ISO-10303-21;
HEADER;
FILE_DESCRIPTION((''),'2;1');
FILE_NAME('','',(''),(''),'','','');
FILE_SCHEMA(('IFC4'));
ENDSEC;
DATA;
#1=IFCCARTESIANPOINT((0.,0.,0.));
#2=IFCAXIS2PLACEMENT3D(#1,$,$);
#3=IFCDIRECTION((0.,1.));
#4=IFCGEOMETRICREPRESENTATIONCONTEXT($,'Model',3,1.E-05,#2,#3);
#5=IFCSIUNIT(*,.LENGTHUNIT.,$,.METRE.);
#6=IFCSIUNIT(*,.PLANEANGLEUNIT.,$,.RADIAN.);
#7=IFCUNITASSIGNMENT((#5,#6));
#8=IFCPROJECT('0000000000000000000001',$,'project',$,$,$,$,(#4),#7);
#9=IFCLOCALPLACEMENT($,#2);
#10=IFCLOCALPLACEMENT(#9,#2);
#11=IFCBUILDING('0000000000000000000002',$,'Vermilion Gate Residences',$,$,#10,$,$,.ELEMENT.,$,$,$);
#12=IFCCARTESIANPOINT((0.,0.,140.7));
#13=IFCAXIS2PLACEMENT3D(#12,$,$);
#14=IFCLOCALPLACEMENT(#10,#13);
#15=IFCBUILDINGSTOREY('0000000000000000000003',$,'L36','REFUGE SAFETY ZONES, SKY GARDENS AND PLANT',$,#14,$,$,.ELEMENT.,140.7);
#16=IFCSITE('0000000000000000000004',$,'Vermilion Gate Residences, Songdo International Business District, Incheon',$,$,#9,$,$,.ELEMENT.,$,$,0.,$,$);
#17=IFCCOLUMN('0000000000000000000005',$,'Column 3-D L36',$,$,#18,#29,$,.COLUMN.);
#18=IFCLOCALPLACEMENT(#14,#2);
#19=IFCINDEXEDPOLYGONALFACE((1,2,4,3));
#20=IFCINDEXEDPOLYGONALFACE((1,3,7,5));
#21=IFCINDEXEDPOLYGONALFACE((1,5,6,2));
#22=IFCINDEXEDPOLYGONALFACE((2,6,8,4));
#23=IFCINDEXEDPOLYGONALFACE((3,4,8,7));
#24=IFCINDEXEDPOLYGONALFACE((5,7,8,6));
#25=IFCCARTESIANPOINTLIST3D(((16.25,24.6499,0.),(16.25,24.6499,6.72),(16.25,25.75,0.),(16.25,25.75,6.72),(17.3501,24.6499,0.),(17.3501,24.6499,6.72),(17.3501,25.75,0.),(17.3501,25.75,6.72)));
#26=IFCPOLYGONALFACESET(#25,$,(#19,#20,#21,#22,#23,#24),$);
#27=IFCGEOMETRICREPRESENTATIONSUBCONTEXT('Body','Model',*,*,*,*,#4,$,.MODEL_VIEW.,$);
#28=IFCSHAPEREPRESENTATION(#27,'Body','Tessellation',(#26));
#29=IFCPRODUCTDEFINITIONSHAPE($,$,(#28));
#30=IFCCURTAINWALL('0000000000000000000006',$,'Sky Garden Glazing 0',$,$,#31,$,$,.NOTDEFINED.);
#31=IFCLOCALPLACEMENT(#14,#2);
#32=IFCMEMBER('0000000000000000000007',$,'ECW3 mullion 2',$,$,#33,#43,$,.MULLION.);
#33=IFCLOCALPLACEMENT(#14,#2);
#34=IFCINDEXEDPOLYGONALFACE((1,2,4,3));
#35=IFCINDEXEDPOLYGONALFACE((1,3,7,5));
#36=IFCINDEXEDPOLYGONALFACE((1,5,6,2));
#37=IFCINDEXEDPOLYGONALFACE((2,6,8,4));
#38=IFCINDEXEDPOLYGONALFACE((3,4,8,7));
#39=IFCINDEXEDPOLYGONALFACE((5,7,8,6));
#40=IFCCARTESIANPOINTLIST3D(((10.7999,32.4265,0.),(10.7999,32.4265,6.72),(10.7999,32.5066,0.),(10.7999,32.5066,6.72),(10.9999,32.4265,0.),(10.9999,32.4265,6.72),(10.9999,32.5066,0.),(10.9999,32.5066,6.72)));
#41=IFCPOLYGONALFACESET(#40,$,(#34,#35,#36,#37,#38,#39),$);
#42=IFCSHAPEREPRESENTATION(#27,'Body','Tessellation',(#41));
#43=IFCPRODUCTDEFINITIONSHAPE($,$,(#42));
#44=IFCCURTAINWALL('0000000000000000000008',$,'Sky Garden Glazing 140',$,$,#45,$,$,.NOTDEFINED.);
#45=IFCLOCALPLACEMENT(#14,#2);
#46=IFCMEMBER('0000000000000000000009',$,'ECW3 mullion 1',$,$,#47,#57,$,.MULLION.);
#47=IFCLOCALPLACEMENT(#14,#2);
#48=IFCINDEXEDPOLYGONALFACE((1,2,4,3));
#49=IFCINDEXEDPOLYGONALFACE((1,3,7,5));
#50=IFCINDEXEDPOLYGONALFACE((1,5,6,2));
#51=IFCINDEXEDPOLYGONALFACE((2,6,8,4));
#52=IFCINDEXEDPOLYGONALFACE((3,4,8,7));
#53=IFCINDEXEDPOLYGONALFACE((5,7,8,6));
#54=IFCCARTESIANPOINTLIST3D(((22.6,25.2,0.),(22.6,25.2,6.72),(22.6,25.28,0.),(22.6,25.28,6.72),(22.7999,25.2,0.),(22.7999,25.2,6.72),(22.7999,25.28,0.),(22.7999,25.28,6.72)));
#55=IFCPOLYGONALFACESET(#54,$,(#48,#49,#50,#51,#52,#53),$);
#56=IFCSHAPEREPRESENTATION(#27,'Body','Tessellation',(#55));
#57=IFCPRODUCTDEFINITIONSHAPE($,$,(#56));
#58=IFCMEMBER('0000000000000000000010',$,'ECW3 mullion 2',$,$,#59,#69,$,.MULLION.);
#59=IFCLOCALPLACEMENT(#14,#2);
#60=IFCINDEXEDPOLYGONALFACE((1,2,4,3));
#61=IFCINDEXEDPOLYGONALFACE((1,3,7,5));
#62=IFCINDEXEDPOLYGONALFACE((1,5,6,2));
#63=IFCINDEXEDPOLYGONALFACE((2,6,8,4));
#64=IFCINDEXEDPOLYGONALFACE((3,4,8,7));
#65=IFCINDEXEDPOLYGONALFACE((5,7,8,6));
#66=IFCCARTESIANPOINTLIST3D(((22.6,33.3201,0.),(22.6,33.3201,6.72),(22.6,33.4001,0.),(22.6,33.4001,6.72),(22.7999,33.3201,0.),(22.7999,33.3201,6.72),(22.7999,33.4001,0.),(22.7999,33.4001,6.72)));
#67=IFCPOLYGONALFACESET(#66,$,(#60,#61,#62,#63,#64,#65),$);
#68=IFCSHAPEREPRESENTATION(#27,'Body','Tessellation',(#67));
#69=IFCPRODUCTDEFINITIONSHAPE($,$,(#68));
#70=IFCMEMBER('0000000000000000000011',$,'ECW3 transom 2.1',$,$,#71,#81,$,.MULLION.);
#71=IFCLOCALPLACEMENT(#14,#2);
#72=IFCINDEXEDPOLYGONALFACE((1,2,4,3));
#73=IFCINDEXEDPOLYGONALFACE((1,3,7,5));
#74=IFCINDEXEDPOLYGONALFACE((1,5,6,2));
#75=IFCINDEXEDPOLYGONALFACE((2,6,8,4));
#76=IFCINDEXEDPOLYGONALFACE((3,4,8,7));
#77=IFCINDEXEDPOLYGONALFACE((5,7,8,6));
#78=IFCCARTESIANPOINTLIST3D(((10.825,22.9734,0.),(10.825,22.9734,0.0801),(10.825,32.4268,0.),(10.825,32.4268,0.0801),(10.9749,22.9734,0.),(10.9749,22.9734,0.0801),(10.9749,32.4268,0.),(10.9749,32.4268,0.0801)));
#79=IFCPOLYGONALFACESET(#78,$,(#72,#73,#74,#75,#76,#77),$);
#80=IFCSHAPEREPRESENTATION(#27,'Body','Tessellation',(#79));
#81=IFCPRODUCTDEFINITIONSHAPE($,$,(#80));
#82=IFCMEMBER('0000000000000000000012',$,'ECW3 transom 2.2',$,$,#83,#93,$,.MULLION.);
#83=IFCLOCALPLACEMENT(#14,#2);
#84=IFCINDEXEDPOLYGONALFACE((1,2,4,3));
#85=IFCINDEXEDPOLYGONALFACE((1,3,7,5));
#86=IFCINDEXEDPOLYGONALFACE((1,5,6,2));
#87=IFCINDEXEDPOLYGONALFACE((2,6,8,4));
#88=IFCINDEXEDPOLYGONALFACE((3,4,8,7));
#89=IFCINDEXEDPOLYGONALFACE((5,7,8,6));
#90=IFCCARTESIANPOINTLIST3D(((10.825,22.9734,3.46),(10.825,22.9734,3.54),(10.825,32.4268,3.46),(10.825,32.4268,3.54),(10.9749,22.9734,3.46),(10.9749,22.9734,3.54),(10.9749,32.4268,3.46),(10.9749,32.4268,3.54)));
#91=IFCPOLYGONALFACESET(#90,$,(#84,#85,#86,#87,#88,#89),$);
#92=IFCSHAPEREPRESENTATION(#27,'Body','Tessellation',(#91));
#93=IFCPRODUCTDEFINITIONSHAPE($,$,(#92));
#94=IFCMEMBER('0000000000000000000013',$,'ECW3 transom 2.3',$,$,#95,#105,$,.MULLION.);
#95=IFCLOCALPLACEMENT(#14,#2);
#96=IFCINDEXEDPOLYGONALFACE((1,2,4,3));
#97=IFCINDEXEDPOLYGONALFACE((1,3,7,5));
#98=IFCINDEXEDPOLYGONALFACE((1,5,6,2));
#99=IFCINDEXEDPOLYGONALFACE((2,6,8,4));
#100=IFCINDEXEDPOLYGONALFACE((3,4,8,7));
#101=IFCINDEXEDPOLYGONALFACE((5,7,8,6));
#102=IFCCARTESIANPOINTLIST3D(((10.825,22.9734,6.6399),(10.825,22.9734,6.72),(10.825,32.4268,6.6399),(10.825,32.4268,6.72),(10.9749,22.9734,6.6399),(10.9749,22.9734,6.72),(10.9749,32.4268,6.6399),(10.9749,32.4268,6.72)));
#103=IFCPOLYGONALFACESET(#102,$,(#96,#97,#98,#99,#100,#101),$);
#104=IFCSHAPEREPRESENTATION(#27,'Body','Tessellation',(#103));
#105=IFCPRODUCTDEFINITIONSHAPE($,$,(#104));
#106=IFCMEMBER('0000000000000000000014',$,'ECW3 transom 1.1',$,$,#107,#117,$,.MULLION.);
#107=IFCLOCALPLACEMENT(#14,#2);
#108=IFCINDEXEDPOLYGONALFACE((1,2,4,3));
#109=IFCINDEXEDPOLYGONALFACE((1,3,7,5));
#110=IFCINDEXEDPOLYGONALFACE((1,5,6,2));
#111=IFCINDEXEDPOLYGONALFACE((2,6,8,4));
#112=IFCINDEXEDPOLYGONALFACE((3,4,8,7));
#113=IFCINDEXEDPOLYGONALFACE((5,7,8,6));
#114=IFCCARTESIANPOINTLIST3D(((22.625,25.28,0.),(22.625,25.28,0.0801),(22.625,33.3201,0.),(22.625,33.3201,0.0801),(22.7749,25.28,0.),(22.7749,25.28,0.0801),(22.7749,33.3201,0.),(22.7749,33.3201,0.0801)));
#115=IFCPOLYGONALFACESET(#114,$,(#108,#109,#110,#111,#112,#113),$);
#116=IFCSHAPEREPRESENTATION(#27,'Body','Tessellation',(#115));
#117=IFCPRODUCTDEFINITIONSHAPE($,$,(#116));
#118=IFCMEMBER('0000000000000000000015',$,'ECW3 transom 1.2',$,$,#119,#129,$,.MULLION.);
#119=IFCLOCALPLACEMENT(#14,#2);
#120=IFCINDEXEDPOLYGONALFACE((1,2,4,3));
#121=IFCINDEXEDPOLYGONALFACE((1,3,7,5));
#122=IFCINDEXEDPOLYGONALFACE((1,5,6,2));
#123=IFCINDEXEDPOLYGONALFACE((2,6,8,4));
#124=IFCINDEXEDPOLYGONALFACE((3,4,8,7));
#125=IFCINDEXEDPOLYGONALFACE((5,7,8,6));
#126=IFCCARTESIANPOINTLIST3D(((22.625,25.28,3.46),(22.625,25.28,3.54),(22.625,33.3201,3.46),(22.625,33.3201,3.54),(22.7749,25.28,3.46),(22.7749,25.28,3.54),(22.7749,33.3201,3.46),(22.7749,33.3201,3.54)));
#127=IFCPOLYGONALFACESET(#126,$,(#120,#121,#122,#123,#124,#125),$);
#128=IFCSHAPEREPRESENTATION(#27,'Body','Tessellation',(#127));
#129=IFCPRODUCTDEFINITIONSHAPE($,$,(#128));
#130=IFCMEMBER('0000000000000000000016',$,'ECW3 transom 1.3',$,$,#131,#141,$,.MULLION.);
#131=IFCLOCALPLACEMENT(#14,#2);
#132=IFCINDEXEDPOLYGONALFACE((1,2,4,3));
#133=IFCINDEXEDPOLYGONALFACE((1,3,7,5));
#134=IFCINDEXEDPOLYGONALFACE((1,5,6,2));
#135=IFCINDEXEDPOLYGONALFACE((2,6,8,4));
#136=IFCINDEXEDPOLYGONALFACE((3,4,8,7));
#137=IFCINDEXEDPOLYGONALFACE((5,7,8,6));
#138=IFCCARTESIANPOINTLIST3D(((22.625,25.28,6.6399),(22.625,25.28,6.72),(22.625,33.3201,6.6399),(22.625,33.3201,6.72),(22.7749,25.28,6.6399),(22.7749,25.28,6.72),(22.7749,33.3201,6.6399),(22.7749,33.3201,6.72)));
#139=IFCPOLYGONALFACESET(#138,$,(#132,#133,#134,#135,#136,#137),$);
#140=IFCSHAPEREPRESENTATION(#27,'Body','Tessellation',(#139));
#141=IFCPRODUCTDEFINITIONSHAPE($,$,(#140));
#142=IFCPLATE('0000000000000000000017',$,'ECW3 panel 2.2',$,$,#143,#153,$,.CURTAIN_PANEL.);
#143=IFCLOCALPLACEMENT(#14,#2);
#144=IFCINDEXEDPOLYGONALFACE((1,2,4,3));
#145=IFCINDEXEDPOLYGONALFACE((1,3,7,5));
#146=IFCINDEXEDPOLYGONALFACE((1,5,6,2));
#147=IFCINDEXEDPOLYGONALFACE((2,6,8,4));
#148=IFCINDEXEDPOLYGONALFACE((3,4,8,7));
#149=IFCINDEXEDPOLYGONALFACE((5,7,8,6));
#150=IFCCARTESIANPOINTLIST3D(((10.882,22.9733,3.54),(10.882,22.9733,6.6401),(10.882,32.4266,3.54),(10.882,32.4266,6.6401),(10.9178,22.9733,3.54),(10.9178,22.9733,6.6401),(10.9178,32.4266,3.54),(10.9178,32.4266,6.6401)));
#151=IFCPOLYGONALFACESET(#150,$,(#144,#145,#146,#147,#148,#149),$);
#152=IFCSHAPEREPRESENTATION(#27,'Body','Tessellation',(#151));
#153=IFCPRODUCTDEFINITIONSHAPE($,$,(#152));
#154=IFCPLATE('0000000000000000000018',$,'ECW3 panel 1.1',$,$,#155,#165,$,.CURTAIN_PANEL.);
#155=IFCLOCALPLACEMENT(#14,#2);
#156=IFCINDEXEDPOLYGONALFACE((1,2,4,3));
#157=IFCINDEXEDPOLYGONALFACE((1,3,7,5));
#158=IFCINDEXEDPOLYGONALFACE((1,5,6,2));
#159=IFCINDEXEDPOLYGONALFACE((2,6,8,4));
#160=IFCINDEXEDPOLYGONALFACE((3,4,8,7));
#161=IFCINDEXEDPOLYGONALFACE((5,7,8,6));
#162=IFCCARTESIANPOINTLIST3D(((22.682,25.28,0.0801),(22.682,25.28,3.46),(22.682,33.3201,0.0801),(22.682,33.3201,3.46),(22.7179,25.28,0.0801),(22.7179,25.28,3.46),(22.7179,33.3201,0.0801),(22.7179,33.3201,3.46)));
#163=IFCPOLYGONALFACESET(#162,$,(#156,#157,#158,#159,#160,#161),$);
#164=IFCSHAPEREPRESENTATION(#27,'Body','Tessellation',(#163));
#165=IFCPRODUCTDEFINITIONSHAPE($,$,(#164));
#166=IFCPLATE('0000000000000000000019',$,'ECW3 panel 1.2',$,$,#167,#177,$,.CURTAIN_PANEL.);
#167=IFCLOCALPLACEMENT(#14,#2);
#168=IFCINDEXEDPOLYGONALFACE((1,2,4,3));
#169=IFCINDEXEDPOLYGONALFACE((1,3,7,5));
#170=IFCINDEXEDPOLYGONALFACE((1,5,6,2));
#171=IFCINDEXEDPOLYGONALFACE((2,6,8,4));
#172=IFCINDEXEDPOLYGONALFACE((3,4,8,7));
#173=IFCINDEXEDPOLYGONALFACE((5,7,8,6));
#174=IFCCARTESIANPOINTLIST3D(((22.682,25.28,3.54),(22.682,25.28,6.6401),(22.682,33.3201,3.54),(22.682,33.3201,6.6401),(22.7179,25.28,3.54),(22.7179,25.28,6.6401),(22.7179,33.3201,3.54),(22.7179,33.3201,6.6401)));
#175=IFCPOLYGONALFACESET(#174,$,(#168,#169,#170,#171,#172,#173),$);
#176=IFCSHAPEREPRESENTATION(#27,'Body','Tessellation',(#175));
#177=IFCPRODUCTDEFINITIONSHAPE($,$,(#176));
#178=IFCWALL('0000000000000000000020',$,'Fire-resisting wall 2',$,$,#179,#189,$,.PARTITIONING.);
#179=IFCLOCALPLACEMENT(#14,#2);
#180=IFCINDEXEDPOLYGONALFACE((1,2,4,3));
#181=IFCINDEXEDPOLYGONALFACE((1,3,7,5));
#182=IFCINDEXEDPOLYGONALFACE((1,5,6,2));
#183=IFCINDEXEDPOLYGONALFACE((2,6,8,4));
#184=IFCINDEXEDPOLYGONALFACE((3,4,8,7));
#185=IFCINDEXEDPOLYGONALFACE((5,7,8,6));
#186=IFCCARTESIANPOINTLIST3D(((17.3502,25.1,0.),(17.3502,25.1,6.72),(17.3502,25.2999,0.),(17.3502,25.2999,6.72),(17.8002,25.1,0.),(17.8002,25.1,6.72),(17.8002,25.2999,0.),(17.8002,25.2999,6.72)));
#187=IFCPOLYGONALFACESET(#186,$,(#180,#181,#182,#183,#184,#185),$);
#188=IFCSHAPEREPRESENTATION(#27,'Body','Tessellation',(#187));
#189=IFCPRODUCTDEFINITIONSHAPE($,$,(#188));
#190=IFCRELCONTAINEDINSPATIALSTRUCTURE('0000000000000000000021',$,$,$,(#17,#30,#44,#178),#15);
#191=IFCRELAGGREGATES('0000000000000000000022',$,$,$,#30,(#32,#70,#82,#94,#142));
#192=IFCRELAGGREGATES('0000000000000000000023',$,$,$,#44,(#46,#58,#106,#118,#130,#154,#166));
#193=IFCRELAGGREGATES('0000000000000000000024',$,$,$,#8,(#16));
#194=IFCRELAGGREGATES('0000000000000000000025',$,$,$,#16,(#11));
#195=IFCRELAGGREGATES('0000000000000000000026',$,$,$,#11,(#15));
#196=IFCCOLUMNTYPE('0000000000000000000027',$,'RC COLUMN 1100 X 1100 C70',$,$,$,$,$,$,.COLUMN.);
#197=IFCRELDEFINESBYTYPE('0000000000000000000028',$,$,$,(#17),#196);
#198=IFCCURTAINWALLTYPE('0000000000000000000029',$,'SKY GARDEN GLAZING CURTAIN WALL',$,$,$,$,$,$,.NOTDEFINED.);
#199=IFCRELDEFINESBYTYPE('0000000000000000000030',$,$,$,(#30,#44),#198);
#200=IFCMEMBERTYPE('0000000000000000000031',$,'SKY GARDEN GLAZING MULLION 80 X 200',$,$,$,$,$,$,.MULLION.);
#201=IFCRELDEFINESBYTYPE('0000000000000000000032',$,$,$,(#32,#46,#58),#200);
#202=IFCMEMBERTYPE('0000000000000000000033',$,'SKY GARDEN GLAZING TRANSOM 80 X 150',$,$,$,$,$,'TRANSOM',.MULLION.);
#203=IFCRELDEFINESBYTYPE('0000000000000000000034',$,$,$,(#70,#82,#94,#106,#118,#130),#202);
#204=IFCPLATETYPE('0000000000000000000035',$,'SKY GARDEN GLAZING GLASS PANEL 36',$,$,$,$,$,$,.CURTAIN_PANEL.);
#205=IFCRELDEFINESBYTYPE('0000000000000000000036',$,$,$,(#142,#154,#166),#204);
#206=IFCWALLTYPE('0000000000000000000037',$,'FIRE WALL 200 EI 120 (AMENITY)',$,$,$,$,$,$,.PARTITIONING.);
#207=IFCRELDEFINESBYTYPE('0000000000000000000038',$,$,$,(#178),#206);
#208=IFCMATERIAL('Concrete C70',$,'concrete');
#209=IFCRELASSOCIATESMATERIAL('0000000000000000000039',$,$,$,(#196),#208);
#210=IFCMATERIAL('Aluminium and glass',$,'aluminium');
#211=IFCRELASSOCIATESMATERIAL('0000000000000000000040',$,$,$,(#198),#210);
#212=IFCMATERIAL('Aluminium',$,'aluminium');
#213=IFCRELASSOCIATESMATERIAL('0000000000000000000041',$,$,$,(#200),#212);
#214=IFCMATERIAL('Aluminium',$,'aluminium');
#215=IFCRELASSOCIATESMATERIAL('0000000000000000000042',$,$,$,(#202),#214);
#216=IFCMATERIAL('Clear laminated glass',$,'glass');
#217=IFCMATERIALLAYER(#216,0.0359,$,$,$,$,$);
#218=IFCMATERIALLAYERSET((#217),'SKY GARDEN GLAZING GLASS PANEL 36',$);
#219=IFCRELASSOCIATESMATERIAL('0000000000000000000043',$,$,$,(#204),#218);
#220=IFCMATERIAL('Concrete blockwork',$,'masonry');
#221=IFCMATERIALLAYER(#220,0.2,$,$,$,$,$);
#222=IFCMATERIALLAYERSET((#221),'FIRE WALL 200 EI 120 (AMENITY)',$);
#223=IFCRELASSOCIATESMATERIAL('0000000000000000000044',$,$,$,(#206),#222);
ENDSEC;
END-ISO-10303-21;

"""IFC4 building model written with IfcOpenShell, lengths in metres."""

from ifc_helpers import new_model, si_unit, direction, frame, frame_2d, origin, origin_2d, place, context, subcontext, project, spatial, rectangle, extrude, material, layer, layer_set, material_profile, profile_set, type_object, element, aggregate, save


model = new_model("IFC4")

# Units and contexts
model_context = context("Model", 3, precision=1e-05, world=origin(), true_north=direction((0.0, 1.0)))
body_context = subcontext(model_context, "Body", "Model", "MODEL_VIEW")
ifc_project = project(units=[si_unit("LENGTHUNIT", "METRE"), si_unit("PLANEANGLEUNIT", "RADIAN")], contexts=[model_context])

# Site, building, storey
site_placement = place(None, origin())
site = spatial("IfcSite", under=ifc_project, at=site_placement, Name="Vermilion Gate Residences, Songdo International Business District, Incheon", CompositionType="ELEMENT", RefElevation=0.0)
building_placement = place(site_placement, origin())
building = spatial("IfcBuilding", under=site, at=building_placement, Name="Vermilion Gate Residences", CompositionType="ELEMENT")
storey_placement = place(building_placement, frame((0.0, 0.0, 140.7)))
storey = spatial("IfcBuildingStorey", under=building, at=storey_placement, Name="L36", Description="REFUGE SAFETY ZONES, SKY GARDENS AND PLANT", CompositionType="ELEMENT", Elevation=140.7)

# Column
ifc_material_1 = material(Name="Concrete C70", Category="concrete")
ifc_material_profile_1 = material_profile(ifc_material_1, rectangle(XDim=1.1001, YDim=1.1001, at=origin_2d()), Name="RC-1100x1100")
ifc_profile_set_1 = profile_set([ifc_material_profile_1], Name="Concrete C70")
column_type = type_object("IfcColumnType", Name="RC COLUMN 1100 X 1100 C70", PredefinedType="COLUMN", material=ifc_profile_set_1)
column_placement = place(storey_placement, frame((16.8, 25.2, 0.0), z_axis=(0.0, 0.0, 1.0), x_axis=(1.0, 0.0, 0.0)))
element("IfcColumn", 1, at=column_placement, inside=storey, type_object=column_type, Name="Column 3-D L36", PredefinedType="COLUMN", context=body_context, shape_type="SweptSolid", body=[
    extrude(rectangle(XDim=1.1001, YDim=1.1001, at=origin_2d()), origin(), (0.0, 0.0, 1.0), 6.72),
])

# Curtain wall, member
ifc_material_2 = material(Name="Aluminium and glass", Category="aluminium")
curtain_wall_type = type_object("IfcCurtainWallType", Name="SKY GARDEN GLAZING CURTAIN WALL", PredefinedType="NOTDEFINED", material=ifc_material_2)
curtain_wall_1_placement = place(storey_placement, origin())
curtain_wall_1 = element("IfcCurtainWall", 2, at=curtain_wall_1_placement, inside=storey, type_object=curtain_wall_type, Name="Sky Garden Glazing 0", PredefinedType="NOTDEFINED")
ifc_material_3 = material(Name="Aluminium", Category="aluminium")
ifc_material_profile_2 = material_profile(ifc_material_3, rectangle(XDim=0.2, YDim=0.0801, at=origin_2d()), Name="MULLION 80 X 200")
ifc_profile_set_2 = profile_set([ifc_material_profile_2], Name="Aluminium")
member_type_1 = type_object("IfcMemberType", Name="SKY GARDEN GLAZING MULLION 80 X 200", PredefinedType="MULLION", material=ifc_profile_set_2)
member_1_placement = place(storey_placement, frame((10.8999, 32.4666, 0.0), z_axis=(0.0, 0.0, 1.0), x_axis=(1.0, 0.0, 0.0)))
member_1 = element("IfcMember", 3, at=member_1_placement, type_object=member_type_1, Name="ECW3 mullion 2", PredefinedType="MULLION", context=body_context, shape_type="SweptSolid", body=[
    extrude(rectangle(XDim=0.2, YDim=0.0801, at=origin_2d()), origin(), (0.0, 0.0, 1.0), 6.72),
])

# Curtain wall, members
curtain_wall_2_placement = place(storey_placement, origin())
curtain_wall_2 = element("IfcCurtainWall", 4, at=curtain_wall_2_placement, inside=storey, type_object=curtain_wall_type, Name="Sky Garden Glazing 140", PredefinedType="NOTDEFINED")
member_2_placement = place(storey_placement, frame((22.7, 25.24, 0.0), z_axis=(0.0, 0.0, 1.0), x_axis=(-1.0, 0.0, 0.0)))
member_2 = element("IfcMember", 5, at=member_2_placement, type_object=member_type_1, Name="ECW3 mullion 1", PredefinedType="MULLION", context=body_context, shape_type="SweptSolid", body=[
    extrude(rectangle(XDim=0.2, YDim=0.0801, at=origin_2d()), origin(), (0.0, 0.0, 1.0), 6.72),
])
member_3_placement = place(storey_placement, frame((22.7, 33.3601, 0.0), z_axis=(0.0, 0.0, 1.0), x_axis=(-1.0, 0.0, 0.0)))
member_3 = element("IfcMember", 6, at=member_3_placement, type_object=member_type_1, Name="ECW3 mullion 2", PredefinedType="MULLION", context=body_context, shape_type="SweptSolid", body=[
    extrude(rectangle(XDim=0.2, YDim=0.0801, at=origin_2d()), origin(), (0.0, 0.0, 1.0), 6.72),
])

# Members
ifc_material_4 = material(Name="Aluminium", Category="aluminium")
ifc_material_profile_3 = material_profile(ifc_material_4, rectangle(XDim=0.1499, YDim=0.0801, at=origin_2d()), Name="TRANSOM 80 X 150")
ifc_profile_set_3 = profile_set([ifc_material_profile_3], Name="Aluminium")
member_type_2 = type_object("IfcMemberType", Name="SKY GARDEN GLAZING TRANSOM 80 X 150", ElementType="TRANSOM", PredefinedType="MULLION", material=ifc_profile_set_3)
member_4_placement = place(storey_placement, frame((10.8999, 32.4268, 0.04), z_axis=(0.0, -1.0, 0.0), x_axis=(1.0, 0.0, 0.0)))
member_4 = element("IfcMember", 7, at=member_4_placement, type_object=member_type_2, Name="ECW3 transom 2.1", PredefinedType="MULLION", context=body_context, shape_type="SweptSolid", body=[
    extrude(rectangle(XDim=0.1499, YDim=0.0801, at=origin_2d()), origin(), (0.0, 0.0, 1.0), 9.4534),
])
member_5_placement = place(storey_placement, frame((10.8999, 32.4268, 3.5), z_axis=(0.0, -1.0, 0.0), x_axis=(1.0, 0.0, 0.0)))
member_5 = element("IfcMember", 8, at=member_5_placement, type_object=member_type_2, Name="ECW3 transom 2.2", PredefinedType="MULLION", context=body_context, shape_type="SweptSolid", body=[
    extrude(rectangle(XDim=0.1499, YDim=0.0801, at=origin_2d()), origin(), (0.0, 0.0, 1.0), 9.4534),
])
member_6_placement = place(storey_placement, frame((10.8999, 32.4268, 6.6799), z_axis=(0.0, -1.0, 0.0), x_axis=(1.0, 0.0, 0.0)))
member_6 = element("IfcMember", 9, at=member_6_placement, type_object=member_type_2, Name="ECW3 transom 2.3", PredefinedType="MULLION", context=body_context, shape_type="SweptSolid", body=[
    extrude(rectangle(XDim=0.1499, YDim=0.0801, at=origin_2d()), origin(), (0.0, 0.0, 1.0), 9.4534),
])
member_7_placement = place(storey_placement, frame((22.7, 25.28, 0.04), z_axis=(0.0, 1.0, 0.0), x_axis=(-1.0, 0.0, 0.0)))
member_7 = element("IfcMember", 10, at=member_7_placement, type_object=member_type_2, Name="ECW3 transom 1.1", PredefinedType="MULLION", context=body_context, shape_type="SweptSolid", body=[
    extrude(rectangle(XDim=0.1499, YDim=0.0801, at=origin_2d()), origin(), (0.0, 0.0, 1.0), 8.04),
])
member_8_placement = place(storey_placement, frame((22.7, 25.28, 3.5), z_axis=(0.0, 1.0, 0.0), x_axis=(-1.0, 0.0, 0.0)))
member_8 = element("IfcMember", 11, at=member_8_placement, type_object=member_type_2, Name="ECW3 transom 1.2", PredefinedType="MULLION", context=body_context, shape_type="SweptSolid", body=[
    extrude(rectangle(XDim=0.1499, YDim=0.0801, at=origin_2d()), origin(), (0.0, 0.0, 1.0), 8.04),
])
member_9_placement = place(storey_placement, frame((22.7, 25.28, 6.6799), z_axis=(0.0, 1.0, 0.0), x_axis=(-1.0, 0.0, 0.0)))
member_9 = element("IfcMember", 12, at=member_9_placement, type_object=member_type_2, Name="ECW3 transom 1.3", PredefinedType="MULLION", context=body_context, shape_type="SweptSolid", body=[
    extrude(rectangle(XDim=0.1499, YDim=0.0801, at=origin_2d()), origin(), (0.0, 0.0, 1.0), 8.04),
])

# Plates
ifc_material_5 = material(Name="Clear laminated glass", Category="glass")
ifc_layer_1 = layer(ifc_material_5, 0.0359)
ifc_layer_set_1 = layer_set([ifc_layer_1], Name="SKY GARDEN GLAZING GLASS PANEL 36")
plate_type = type_object("IfcPlateType", Name="SKY GARDEN GLAZING GLASS PANEL 36", PredefinedType="CURTAIN_PANEL", material=ifc_layer_set_1)
plate_1_placement = place(storey_placement, frame((10.8999, 27.7, 3.54), z_axis=(0.0, 0.0, 1.0), x_axis=(0.0, -1.0, 0.0)))
plate_1 = element("IfcPlate", 13, at=plate_1_placement, type_object=plate_type, Name="ECW3 panel 2.2", PredefinedType="CURTAIN_PANEL", context=body_context, shape_type="SweptSolid", body=[
    extrude(rectangle(XDim=9.4534, YDim=0.0359, at=origin_2d()), origin(), (0.0, 0.0, 1.0), 3.1001),
])
aggregate(curtain_wall_1, [member_1, member_4, member_5, member_6, plate_1])
plate_2_placement = place(storey_placement, frame((22.7, 29.3, 0.0801), z_axis=(0.0, 0.0, 1.0), x_axis=(0.0, 1.0, 0.0)))
plate_2 = element("IfcPlate", 14, at=plate_2_placement, type_object=plate_type, Name="ECW3 panel 1.1", PredefinedType="CURTAIN_PANEL", context=body_context, shape_type="SweptSolid", body=[
    extrude(rectangle(XDim=8.04, YDim=0.0359, at=origin_2d()), origin(), (0.0, 0.0, 1.0), 3.3799),
])
plate_3_placement = place(storey_placement, frame((22.7, 29.3, 3.54), z_axis=(0.0, 0.0, 1.0), x_axis=(0.0, 1.0, 0.0)))
plate_3 = element("IfcPlate", 15, at=plate_3_placement, type_object=plate_type, Name="ECW3 panel 1.2", PredefinedType="CURTAIN_PANEL", context=body_context, shape_type="SweptSolid", body=[
    extrude(rectangle(XDim=8.04, YDim=0.0359, at=origin_2d()), origin(), (0.0, 0.0, 1.0), 3.1001),
])
aggregate(curtain_wall_2, [member_2, member_3, member_7, member_8, member_9, plate_2, plate_3])

# Wall
ifc_material_6 = material(Name="Concrete blockwork", Category="masonry")
ifc_layer_2 = layer(ifc_material_6, 0.2)
ifc_layer_set_2 = layer_set([ifc_layer_2], Name="FIRE WALL 200 EI 120 (AMENITY)")
wall_type_1 = type_object("IfcWallType", Name="FIRE WALL 200 EI 120 (AMENITY)", PredefinedType="PARTITIONING", material=ifc_layer_set_2)
wall_1_placement = place(storey_placement, frame((17.3501, 25.2, 0.0), z_axis=(0.0, 0.0, 1.0), x_axis=(1.0, 0.0, 0.0)))
element("IfcWall", 16, at=wall_1_placement, inside=storey, type_object=wall_type_1, Name="Fire-resisting wall 2", PredefinedType="PARTITIONING", context=body_context, shape_type="SweptSolid", body=[
    extrude(rectangle(XDim=0.45, YDim=0.2, at=frame_2d((0.2251, 0.0))), origin(), (0.0, 0.0, 1.0), 6.72),
])

save(model, "model.ifc")
